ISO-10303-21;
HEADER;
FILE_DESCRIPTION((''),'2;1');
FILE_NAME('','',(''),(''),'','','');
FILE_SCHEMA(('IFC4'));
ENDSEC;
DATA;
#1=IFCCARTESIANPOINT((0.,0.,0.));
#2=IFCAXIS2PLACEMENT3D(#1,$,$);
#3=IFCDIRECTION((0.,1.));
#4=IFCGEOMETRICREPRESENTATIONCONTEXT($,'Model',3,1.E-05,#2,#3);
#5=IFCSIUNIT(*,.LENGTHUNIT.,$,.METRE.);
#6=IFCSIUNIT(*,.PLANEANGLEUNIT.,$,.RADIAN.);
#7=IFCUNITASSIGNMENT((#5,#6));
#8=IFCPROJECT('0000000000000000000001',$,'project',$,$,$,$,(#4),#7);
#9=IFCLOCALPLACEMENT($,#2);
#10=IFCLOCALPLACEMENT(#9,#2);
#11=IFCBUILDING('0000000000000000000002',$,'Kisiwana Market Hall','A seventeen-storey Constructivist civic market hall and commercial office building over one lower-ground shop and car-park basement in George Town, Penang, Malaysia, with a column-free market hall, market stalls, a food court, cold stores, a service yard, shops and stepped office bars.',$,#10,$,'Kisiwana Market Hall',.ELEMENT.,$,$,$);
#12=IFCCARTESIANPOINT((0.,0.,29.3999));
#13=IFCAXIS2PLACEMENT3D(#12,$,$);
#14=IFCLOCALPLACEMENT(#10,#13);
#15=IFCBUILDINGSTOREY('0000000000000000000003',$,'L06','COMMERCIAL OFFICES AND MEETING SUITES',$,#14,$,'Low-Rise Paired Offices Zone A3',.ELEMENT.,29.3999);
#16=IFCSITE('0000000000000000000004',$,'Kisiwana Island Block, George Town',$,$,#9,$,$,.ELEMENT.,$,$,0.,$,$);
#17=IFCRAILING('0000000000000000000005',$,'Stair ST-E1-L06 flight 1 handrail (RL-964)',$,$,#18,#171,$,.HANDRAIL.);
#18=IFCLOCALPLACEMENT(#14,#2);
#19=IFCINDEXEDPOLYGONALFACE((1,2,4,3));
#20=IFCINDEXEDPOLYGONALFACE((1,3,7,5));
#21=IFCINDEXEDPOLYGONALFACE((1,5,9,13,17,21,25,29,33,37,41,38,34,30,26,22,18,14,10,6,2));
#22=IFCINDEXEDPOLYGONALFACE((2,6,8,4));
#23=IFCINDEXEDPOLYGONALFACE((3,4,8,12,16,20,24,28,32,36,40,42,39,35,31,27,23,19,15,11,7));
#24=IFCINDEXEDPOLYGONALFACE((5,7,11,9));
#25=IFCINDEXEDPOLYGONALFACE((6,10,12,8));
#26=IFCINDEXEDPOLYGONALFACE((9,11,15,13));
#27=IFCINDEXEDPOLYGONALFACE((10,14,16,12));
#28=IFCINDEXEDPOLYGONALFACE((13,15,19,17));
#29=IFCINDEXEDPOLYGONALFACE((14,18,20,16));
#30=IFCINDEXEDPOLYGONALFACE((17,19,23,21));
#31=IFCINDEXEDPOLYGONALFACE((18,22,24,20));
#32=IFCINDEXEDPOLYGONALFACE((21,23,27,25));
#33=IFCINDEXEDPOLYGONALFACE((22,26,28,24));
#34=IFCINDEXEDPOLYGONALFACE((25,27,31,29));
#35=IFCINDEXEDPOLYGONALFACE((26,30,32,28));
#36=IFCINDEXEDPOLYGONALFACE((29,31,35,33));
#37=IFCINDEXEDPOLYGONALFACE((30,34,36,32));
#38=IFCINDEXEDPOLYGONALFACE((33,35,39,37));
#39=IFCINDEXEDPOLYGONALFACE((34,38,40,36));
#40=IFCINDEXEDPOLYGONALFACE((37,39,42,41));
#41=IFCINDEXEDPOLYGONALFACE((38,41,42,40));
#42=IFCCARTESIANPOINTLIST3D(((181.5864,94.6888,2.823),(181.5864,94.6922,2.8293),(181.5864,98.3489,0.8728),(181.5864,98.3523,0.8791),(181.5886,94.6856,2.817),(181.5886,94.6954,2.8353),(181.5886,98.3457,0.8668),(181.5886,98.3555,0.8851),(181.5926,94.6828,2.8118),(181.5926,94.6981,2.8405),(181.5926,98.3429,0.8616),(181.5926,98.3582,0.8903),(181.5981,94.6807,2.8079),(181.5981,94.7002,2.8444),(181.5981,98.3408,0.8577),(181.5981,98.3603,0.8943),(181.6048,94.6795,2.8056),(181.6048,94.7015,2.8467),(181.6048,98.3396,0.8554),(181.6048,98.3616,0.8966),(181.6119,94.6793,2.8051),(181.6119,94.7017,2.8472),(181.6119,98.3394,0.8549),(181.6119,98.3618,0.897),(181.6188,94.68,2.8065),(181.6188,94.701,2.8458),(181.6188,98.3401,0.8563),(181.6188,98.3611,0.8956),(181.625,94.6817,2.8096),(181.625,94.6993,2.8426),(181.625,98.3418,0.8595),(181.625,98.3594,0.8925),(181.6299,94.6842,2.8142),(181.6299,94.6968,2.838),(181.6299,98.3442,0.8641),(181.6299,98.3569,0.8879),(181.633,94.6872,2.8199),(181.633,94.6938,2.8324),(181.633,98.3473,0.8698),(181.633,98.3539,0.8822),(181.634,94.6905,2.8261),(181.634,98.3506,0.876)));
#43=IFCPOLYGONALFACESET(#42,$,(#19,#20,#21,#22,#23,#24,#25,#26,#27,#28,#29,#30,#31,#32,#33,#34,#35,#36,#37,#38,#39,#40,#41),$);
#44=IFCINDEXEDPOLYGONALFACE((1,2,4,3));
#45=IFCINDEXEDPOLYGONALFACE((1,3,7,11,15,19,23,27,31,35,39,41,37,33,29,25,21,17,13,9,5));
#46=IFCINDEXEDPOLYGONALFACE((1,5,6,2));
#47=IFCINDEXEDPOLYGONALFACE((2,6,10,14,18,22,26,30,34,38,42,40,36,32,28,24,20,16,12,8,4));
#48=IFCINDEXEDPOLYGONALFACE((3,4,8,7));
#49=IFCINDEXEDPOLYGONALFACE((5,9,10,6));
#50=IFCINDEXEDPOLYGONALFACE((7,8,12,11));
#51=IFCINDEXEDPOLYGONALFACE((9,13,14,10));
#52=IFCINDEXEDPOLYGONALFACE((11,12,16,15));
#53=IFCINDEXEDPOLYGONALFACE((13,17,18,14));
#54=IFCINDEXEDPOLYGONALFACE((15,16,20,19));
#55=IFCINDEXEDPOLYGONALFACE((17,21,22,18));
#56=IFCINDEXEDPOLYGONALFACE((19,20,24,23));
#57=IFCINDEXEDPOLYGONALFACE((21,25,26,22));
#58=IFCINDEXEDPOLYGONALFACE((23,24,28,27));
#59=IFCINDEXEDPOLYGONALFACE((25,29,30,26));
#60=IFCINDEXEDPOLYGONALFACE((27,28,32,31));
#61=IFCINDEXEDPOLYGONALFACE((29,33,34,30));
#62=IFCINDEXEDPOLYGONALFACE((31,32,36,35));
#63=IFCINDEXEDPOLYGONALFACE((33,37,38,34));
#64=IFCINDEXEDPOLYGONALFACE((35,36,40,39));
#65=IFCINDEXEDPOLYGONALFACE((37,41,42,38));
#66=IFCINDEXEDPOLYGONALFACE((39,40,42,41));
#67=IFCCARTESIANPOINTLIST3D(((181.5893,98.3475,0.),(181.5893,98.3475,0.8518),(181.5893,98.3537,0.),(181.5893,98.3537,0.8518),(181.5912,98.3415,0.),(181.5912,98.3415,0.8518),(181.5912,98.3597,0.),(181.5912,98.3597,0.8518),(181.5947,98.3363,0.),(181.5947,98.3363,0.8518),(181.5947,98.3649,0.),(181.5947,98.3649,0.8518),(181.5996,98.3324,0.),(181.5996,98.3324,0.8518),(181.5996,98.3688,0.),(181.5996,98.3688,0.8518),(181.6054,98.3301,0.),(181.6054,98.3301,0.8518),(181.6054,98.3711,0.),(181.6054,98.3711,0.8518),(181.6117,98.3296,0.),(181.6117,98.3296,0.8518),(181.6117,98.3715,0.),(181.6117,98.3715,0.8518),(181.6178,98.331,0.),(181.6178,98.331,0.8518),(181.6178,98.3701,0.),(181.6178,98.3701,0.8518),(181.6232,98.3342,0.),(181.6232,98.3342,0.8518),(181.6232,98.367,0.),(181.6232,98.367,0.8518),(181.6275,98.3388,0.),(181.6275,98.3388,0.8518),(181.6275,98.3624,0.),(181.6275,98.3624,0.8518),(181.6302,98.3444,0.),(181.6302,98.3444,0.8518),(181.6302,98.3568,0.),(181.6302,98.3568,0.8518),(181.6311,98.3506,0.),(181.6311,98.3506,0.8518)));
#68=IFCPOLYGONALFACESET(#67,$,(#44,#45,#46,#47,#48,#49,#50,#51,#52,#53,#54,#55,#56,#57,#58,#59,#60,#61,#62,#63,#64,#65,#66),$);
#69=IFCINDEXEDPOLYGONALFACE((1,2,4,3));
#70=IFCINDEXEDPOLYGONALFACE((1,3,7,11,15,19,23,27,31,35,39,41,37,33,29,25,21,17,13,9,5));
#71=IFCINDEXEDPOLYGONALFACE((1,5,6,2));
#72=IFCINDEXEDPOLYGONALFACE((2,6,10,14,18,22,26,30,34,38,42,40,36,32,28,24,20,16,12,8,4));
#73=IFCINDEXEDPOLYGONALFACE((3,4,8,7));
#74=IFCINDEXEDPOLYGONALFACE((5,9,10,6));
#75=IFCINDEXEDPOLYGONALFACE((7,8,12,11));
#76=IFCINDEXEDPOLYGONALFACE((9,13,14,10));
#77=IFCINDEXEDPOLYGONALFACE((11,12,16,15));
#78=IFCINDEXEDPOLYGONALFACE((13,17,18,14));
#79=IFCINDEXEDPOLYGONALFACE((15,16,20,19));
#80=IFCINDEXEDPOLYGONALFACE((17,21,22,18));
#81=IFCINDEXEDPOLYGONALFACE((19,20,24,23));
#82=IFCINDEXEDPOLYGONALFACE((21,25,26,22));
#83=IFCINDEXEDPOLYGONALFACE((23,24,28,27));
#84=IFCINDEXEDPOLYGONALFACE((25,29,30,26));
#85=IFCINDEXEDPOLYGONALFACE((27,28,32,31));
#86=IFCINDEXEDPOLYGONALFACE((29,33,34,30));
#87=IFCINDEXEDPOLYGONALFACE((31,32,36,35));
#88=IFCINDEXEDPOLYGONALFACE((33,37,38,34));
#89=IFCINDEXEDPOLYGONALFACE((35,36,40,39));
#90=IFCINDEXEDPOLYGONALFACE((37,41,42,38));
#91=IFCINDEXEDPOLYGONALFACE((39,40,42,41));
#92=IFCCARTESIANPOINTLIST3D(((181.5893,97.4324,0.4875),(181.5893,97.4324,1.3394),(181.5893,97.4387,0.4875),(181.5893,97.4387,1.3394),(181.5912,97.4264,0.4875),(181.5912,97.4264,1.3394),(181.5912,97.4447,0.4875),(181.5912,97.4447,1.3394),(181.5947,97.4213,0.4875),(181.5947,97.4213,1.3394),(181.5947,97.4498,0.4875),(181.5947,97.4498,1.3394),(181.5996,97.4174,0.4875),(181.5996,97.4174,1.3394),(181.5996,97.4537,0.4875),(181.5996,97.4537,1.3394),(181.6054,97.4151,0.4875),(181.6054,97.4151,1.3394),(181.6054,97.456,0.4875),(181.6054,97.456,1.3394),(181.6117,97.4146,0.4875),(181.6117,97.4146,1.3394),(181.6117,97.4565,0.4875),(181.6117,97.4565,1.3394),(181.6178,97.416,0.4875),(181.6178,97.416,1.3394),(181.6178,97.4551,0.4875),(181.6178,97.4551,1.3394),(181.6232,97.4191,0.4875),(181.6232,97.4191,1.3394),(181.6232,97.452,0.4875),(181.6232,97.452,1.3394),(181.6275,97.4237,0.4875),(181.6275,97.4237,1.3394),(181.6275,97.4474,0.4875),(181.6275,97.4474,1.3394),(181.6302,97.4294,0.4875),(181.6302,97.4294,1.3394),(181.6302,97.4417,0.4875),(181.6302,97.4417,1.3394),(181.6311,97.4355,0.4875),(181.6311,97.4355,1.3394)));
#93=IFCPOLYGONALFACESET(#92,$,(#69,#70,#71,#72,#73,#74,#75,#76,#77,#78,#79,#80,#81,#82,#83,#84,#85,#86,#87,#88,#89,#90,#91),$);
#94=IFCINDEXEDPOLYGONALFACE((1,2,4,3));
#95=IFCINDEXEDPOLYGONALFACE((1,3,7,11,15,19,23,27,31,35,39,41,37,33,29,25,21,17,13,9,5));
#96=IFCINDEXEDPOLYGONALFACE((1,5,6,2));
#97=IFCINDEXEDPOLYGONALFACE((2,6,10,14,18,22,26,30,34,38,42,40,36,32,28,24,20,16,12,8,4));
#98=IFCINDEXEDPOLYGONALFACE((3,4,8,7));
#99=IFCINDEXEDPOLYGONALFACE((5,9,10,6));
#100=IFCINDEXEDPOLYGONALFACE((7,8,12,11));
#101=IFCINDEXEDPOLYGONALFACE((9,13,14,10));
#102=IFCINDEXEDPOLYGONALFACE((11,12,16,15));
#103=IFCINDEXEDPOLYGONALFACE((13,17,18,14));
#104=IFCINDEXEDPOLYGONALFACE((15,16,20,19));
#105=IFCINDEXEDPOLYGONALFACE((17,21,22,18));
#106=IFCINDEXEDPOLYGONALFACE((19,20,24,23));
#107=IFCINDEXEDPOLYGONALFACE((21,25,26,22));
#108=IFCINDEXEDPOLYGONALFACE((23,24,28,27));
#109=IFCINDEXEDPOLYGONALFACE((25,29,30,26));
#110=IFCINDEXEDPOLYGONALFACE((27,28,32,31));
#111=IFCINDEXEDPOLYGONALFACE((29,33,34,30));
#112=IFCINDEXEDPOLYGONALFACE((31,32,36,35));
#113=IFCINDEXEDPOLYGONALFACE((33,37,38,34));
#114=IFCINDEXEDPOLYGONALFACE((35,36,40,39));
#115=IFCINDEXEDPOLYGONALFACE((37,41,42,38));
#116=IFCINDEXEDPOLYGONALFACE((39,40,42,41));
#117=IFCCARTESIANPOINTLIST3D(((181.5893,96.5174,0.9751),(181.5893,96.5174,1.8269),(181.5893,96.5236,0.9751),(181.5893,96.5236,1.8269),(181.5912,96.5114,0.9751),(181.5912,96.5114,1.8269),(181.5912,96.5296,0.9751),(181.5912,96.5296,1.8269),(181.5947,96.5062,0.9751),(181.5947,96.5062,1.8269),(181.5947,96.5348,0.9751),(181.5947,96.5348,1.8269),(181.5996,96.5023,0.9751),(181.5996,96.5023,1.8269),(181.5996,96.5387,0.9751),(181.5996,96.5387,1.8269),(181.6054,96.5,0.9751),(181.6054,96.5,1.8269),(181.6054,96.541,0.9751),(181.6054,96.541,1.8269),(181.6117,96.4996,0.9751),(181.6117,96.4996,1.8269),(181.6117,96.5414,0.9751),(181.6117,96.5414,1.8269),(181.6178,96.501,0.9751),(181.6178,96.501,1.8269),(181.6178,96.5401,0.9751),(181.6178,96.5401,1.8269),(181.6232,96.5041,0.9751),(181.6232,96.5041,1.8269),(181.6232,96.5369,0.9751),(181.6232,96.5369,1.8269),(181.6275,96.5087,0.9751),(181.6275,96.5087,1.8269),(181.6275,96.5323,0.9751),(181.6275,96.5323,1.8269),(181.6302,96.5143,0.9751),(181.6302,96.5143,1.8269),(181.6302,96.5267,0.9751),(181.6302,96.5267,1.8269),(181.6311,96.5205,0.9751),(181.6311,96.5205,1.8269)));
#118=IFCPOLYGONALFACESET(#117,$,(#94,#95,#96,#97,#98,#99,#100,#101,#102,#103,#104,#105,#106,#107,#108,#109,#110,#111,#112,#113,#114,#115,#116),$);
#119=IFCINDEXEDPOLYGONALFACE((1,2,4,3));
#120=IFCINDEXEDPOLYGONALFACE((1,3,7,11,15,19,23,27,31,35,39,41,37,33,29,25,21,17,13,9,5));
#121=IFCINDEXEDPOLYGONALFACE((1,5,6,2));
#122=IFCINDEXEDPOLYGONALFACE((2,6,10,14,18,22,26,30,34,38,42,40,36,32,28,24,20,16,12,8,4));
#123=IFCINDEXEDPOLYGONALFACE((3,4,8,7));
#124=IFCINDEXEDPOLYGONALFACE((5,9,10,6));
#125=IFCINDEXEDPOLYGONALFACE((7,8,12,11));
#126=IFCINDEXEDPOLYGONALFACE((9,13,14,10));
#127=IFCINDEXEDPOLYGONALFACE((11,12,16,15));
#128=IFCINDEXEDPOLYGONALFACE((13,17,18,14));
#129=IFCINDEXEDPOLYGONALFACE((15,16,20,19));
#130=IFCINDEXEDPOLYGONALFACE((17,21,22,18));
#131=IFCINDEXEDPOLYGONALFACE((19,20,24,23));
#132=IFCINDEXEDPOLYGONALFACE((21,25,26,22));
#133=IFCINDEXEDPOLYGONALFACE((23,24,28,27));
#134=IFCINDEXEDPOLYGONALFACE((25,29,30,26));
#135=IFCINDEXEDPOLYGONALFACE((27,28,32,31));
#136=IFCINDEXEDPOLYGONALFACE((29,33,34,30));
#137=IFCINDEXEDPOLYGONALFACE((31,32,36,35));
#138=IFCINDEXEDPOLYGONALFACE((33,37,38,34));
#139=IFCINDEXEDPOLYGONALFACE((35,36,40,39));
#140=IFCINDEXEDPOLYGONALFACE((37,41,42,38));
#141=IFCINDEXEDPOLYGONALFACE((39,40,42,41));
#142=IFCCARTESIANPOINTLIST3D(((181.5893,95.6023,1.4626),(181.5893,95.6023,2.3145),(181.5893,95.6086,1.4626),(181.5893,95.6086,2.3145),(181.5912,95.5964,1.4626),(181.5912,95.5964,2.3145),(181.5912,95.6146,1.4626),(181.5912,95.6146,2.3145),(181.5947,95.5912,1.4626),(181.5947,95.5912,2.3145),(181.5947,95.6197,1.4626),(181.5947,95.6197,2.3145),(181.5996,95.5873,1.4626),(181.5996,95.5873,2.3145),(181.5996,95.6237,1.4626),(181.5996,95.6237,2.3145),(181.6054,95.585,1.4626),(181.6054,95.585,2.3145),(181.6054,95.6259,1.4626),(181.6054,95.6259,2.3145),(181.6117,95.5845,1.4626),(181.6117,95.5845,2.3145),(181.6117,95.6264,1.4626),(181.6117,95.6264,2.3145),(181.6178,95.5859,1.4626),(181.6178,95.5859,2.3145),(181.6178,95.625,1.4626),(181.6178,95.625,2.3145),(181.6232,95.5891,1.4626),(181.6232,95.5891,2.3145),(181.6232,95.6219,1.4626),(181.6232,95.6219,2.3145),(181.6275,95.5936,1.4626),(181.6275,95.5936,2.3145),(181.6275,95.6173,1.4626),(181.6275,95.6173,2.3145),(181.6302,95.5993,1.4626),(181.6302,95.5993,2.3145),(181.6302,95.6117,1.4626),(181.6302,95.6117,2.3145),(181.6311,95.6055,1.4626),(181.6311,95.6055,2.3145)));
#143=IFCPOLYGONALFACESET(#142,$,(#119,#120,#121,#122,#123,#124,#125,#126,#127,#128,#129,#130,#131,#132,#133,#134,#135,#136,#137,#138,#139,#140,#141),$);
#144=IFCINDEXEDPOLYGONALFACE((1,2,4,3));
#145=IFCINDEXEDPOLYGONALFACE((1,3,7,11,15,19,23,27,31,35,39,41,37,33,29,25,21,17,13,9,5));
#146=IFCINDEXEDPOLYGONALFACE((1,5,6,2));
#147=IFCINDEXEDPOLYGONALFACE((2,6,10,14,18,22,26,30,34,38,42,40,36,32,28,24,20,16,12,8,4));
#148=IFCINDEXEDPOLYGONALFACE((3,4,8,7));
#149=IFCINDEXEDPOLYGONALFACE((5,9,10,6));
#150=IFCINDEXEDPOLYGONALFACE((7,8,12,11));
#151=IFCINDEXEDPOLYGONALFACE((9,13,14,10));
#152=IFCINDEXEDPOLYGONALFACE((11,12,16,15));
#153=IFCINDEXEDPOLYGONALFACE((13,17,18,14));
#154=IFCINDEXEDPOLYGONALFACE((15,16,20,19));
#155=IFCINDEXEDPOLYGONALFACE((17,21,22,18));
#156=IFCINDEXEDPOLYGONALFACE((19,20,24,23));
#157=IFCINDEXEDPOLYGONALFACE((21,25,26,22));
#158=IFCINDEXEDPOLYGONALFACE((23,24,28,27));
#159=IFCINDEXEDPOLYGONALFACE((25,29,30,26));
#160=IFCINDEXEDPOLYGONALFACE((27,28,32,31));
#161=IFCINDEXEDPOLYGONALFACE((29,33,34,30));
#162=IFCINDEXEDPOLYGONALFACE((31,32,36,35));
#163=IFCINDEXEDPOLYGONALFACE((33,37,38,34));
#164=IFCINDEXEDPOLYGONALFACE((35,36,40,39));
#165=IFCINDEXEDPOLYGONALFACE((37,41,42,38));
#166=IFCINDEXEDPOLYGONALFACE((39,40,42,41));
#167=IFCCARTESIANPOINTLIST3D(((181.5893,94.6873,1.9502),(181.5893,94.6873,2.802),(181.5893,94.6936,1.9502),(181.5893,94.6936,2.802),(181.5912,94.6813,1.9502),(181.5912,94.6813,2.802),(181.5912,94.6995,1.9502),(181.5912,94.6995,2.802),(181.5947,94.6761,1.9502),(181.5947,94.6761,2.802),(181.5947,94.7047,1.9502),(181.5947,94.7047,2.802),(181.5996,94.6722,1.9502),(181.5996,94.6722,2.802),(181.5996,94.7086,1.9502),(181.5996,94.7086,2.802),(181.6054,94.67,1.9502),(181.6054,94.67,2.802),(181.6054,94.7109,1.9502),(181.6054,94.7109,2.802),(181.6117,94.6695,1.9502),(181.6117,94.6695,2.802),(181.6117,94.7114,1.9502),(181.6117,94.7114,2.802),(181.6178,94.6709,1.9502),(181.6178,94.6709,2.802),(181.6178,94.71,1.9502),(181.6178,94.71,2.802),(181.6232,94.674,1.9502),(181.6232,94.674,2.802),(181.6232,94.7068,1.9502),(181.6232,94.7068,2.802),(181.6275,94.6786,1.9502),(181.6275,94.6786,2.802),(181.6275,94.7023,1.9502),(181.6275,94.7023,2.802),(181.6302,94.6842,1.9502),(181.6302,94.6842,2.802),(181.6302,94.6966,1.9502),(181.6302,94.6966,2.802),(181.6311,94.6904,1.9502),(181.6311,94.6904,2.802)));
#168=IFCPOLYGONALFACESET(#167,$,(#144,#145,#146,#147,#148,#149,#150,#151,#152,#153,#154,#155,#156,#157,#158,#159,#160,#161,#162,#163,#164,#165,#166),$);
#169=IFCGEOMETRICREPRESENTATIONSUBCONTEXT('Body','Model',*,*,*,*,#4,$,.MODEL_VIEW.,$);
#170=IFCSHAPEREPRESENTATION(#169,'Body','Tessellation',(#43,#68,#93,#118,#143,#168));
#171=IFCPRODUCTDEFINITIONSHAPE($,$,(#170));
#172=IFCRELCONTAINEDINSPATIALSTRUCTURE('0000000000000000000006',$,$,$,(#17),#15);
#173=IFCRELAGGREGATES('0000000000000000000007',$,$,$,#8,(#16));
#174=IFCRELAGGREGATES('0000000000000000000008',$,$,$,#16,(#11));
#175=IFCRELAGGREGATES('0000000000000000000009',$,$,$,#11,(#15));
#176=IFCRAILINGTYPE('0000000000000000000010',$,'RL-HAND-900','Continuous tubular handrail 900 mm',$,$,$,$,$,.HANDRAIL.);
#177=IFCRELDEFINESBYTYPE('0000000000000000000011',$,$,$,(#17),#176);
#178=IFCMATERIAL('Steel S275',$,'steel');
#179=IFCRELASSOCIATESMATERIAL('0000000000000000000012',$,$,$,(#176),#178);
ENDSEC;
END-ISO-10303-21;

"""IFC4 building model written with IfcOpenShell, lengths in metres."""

from ifc_helpers import new_model, si_unit, direction, frame, origin, origin_2d, place, context, subcontext, project, spatial, circle, extrude, material, type_object, element, save


model = new_model("IFC4")

# Units and contexts
model_context = context("Model", 3, precision=1e-05, world=origin(), true_north=direction((0.0, 1.0)))
body_context = subcontext(model_context, "Body", "Model", "MODEL_VIEW")
ifc_project = project(units=[si_unit("LENGTHUNIT", "METRE"), si_unit("PLANEANGLEUNIT", "RADIAN")], contexts=[model_context])

# Site, building, storey
site_placement = place(None, origin())
site = spatial("IfcSite", under=ifc_project, at=site_placement, Name="Kisiwana Island Block, George Town", CompositionType="ELEMENT", RefElevation=0.0)
building_placement = place(site_placement, origin())
building = spatial("IfcBuilding", under=site, at=building_placement, Name="Kisiwana Market Hall", Description="A seventeen-storey Constructivist civic market hall and commercial office building over one lower-ground shop and car-park basement in George Town, Penang, Malaysia, with a column-free market hall, market stalls, a food court, cold stores, a service yard, shops and stepped office bars.", LongName="Kisiwana Market Hall", CompositionType="ELEMENT")
storey_placement = place(building_placement, frame((0.0, 0.0, 29.3999)))
storey = spatial("IfcBuildingStorey", under=building, at=storey_placement, Name="L06", Description="COMMERCIAL OFFICES AND MEETING SUITES", LongName="Low-Rise Paired Offices Zone A3", CompositionType="ELEMENT", Elevation=29.3999)

# Railing
ifc_material_1 = material(Name="Steel S275", Category="steel")
railing_type_1 = type_object("IfcRailingType", Name="RL-HAND-900", Description="Continuous tubular handrail 900 mm", PredefinedType="HANDRAIL", material=ifc_material_1)
railing_1_placement = place(storey_placement, frame((181.6101, 98.3506, 0.0)))
element("IfcRailing", 1, at=railing_1_placement, inside=storey, type_object=railing_type_1, Name="Stair ST-E1-L06 flight 1 handrail (RL-964)", PredefinedType="HANDRAIL", context=body_context, shape_type="SweptSolid", body=[
    extrude(circle(Radius=0.0239, at=origin_2d()), frame((0.0, 0.0, 0.876), z_axis=(0.0, -0.882542, 0.470234), x_axis=(1.0, 0.0, 0.0)), (0.0, 0.0, 1.0), 4.1472),
    extrude(circle(Radius=0.021, at=origin_2d()), origin(), (0.0, 0.0, 1.0), 0.8518),
    extrude(circle(Radius=0.021, at=origin_2d()), frame((0.0, -0.915, 0.4875)), (0.0, 0.0, 1.0), 0.8518),
    extrude(circle(Radius=0.021, at=origin_2d()), frame((0.0, -1.8301, 0.9751)), (0.0, 0.0, 1.0), 0.8518),
    extrude(circle(Radius=0.021, at=origin_2d()), frame((0.0, -2.7451, 1.4626)), (0.0, 0.0, 1.0), 0.8518),
    extrude(circle(Radius=0.021, at=origin_2d()), frame((0.0, -3.6602, 1.9502)), (0.0, 0.0, 1.0), 0.8518),
])

save(model, "model.ifc")
